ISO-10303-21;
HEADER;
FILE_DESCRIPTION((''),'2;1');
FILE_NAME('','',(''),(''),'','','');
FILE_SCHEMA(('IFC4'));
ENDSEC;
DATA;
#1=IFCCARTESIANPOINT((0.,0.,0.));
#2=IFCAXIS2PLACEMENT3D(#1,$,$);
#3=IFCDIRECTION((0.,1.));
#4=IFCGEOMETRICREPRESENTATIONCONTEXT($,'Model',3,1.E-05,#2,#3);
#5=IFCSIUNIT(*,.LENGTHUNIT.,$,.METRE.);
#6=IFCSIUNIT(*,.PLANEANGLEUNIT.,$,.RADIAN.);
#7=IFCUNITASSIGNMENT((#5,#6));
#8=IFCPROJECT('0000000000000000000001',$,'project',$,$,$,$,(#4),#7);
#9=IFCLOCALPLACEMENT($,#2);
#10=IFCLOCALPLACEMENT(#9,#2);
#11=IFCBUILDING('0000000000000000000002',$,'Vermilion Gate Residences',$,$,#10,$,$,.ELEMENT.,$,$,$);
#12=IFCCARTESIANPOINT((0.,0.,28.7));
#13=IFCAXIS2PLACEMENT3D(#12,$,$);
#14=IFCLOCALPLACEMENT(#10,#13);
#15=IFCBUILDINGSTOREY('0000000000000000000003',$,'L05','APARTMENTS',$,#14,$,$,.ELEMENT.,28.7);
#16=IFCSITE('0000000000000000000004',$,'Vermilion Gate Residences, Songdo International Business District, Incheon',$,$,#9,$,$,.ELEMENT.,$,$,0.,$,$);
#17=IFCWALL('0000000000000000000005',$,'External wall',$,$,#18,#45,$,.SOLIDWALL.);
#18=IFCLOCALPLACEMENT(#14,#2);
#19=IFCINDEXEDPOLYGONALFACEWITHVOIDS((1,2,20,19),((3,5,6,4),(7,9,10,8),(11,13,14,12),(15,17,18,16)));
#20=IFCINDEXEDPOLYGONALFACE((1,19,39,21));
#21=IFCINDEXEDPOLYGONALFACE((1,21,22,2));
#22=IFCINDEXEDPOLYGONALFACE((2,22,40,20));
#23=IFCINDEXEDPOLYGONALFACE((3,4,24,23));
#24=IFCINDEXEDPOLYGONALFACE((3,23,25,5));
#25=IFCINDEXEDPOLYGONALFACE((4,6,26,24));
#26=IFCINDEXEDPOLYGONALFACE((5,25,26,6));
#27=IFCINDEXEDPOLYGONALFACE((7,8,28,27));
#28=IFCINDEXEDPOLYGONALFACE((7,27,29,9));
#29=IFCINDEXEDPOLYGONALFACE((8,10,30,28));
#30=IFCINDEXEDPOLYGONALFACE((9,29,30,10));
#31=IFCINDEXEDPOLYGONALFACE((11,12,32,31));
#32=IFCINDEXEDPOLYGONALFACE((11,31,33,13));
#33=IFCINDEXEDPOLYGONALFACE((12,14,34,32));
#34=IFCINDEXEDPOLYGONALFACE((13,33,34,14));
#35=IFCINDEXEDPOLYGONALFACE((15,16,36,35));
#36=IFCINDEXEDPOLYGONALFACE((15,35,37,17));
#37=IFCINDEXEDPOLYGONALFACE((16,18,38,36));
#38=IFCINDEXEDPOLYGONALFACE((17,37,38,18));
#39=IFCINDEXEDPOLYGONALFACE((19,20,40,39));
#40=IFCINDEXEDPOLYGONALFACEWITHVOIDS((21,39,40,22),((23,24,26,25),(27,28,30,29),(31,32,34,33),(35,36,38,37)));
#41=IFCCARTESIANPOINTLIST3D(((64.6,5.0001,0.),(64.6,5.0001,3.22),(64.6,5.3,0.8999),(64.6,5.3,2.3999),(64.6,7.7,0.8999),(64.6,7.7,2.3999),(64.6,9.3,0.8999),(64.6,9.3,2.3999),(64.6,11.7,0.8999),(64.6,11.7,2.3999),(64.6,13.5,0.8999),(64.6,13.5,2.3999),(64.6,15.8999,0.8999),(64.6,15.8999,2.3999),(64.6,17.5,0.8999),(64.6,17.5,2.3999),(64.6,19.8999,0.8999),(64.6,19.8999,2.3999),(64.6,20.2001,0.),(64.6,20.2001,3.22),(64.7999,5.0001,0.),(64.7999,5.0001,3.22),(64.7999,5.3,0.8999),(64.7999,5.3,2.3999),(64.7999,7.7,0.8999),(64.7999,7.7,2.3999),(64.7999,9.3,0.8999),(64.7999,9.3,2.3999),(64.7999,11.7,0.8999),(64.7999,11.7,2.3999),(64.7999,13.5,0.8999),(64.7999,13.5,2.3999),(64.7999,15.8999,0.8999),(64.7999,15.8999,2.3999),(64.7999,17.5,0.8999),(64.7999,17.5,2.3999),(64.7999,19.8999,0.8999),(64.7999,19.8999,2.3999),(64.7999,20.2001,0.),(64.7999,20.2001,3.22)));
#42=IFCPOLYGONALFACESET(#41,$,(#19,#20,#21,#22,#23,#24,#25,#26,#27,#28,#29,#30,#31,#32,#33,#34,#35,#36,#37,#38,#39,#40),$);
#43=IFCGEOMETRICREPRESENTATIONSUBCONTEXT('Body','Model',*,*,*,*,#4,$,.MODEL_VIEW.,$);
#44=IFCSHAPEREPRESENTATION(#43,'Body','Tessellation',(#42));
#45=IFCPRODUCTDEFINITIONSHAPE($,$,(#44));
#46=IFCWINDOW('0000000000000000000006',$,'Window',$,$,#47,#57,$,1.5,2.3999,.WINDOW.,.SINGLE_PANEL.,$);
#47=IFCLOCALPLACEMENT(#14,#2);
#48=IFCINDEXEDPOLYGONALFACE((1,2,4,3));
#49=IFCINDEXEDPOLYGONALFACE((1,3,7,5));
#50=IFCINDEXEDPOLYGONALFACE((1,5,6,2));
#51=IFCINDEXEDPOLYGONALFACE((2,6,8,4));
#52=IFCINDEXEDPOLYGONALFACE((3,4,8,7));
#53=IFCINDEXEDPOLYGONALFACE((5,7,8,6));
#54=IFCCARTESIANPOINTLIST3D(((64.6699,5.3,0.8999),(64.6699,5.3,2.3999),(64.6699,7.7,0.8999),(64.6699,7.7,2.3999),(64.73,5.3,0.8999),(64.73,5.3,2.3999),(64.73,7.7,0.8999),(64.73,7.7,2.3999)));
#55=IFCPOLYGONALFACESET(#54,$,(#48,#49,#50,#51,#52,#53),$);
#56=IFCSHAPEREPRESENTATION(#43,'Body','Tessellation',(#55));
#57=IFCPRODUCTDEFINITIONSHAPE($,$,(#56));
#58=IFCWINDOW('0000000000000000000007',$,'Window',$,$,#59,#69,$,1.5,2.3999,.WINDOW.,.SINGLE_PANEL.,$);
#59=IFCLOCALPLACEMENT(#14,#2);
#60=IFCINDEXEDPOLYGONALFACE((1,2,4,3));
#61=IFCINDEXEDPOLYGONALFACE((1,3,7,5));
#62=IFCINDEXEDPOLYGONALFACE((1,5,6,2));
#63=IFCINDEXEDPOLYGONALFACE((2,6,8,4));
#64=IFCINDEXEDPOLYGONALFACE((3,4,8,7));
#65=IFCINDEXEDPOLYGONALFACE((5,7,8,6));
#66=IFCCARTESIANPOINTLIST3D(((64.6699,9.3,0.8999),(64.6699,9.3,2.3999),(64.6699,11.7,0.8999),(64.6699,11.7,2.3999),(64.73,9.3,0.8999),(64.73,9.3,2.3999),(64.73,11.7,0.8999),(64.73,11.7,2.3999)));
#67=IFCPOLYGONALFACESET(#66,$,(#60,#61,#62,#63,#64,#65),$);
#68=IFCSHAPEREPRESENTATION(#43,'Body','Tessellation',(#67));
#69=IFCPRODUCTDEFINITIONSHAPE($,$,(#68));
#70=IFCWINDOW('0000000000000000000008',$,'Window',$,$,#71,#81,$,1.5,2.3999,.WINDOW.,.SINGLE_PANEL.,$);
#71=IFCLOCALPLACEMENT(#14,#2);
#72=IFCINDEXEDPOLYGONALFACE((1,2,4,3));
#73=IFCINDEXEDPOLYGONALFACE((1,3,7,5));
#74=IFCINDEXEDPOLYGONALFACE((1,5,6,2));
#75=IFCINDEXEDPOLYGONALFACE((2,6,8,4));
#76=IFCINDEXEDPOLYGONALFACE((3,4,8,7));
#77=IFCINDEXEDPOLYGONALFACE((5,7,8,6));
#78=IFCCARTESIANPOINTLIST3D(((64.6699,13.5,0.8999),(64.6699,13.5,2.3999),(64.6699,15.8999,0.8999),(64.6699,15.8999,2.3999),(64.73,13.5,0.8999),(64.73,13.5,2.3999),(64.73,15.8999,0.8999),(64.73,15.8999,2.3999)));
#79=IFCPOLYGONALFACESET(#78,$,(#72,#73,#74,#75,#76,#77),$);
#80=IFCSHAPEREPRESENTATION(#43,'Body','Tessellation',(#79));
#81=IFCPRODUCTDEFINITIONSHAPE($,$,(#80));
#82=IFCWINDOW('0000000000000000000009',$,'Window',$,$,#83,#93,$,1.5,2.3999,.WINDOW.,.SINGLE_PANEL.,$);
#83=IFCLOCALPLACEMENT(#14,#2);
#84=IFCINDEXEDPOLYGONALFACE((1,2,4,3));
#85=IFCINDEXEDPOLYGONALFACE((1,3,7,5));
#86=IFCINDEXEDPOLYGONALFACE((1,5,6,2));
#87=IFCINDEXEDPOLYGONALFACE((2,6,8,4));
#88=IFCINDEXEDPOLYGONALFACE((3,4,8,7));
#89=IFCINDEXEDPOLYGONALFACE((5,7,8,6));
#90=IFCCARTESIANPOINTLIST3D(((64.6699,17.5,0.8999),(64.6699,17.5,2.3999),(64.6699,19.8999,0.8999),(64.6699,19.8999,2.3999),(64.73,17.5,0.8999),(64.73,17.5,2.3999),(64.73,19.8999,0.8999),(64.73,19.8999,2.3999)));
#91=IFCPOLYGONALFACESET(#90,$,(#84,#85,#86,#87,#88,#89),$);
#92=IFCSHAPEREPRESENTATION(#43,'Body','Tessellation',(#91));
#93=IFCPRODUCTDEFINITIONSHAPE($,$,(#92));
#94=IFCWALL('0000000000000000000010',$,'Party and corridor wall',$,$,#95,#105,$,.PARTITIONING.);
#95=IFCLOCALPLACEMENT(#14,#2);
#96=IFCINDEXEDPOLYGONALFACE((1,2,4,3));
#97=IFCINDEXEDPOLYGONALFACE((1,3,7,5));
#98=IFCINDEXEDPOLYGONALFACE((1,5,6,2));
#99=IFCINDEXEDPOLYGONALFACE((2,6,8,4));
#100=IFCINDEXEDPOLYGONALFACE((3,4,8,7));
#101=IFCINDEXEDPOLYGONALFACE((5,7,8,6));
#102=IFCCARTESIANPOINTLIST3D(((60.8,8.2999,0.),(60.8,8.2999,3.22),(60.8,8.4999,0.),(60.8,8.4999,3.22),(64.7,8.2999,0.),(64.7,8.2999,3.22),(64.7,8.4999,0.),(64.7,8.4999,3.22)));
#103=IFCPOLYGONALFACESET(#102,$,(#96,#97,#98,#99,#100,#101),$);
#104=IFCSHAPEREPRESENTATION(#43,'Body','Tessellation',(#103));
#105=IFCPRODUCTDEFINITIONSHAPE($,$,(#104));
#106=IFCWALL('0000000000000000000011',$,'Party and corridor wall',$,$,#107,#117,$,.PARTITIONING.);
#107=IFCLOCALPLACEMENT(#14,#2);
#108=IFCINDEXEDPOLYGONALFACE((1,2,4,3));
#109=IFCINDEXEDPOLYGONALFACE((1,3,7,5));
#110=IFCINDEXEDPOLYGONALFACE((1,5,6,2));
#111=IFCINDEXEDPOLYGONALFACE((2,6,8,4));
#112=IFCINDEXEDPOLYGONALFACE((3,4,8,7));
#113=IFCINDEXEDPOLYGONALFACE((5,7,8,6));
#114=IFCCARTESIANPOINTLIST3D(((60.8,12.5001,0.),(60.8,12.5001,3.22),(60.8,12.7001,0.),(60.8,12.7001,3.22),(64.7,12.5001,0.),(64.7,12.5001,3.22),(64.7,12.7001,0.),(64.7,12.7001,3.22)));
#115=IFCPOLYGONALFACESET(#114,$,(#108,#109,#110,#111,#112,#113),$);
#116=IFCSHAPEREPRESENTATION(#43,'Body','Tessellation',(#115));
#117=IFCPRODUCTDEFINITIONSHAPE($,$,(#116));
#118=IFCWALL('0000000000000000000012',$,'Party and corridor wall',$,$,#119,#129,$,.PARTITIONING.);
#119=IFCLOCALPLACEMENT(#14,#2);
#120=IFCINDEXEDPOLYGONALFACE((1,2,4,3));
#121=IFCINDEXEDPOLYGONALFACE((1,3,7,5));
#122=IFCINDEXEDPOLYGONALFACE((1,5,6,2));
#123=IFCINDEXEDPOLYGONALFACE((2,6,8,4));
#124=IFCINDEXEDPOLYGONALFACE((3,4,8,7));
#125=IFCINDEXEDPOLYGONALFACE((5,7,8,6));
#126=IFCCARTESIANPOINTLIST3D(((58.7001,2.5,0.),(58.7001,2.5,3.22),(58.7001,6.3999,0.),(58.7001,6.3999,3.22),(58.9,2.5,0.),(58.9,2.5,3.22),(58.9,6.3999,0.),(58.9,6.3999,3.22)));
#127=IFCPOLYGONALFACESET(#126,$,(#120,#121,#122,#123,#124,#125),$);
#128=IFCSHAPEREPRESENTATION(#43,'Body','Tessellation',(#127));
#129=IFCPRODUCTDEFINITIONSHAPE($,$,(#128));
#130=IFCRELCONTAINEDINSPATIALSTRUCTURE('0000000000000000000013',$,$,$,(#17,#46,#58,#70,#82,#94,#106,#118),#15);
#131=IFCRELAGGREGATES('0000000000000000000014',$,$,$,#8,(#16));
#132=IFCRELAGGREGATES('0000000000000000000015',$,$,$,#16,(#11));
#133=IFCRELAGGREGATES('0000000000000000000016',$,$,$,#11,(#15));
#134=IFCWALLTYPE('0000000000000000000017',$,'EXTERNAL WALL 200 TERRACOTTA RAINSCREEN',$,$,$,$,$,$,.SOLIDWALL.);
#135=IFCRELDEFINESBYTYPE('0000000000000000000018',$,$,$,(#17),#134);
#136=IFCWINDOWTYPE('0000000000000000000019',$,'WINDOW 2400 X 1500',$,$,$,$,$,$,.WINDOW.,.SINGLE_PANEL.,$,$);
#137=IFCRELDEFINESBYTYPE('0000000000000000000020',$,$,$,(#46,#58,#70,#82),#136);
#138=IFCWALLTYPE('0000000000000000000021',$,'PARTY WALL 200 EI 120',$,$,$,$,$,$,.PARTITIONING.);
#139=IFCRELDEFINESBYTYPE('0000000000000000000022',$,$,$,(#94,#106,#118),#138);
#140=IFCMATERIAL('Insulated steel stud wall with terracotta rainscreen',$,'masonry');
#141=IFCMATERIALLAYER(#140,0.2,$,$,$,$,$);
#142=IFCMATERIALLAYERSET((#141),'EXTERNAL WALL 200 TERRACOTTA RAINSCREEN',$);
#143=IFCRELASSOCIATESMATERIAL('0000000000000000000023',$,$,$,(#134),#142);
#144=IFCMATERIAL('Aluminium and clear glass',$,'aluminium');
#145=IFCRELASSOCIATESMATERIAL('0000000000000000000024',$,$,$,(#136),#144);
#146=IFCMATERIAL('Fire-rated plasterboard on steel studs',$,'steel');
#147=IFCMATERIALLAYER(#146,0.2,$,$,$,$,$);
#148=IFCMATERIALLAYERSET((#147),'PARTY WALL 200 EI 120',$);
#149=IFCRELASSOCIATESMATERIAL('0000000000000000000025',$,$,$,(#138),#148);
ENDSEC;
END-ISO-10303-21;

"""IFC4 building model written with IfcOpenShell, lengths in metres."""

from ifc_helpers import new_model, si_unit, direction, frame, frame_2d, origin, place, context, subcontext, project, spatial, rectangle, extrude, material, layer, layer_set, type_object, element, fill, save


model = new_model("IFC4")

# Units and contexts
model_context = context("Model", 3, precision=1e-05, world=origin(), true_north=direction((0.0, 1.0)))
body_context = subcontext(model_context, "Body", "Model", "MODEL_VIEW")
ifc_project = project(units=[si_unit("LENGTHUNIT", "METRE"), si_unit("PLANEANGLEUNIT", "RADIAN")], contexts=[model_context])

# Site, building, storey
site_placement = place(None, origin())
site = spatial("IfcSite", under=ifc_project, at=site_placement, Name="Vermilion Gate Residences, Songdo International Business District, Incheon", CompositionType="ELEMENT", RefElevation=0.0)
building_placement = place(site_placement, origin())
building = spatial("IfcBuilding", under=site, at=building_placement, Name="Vermilion Gate Residences", CompositionType="ELEMENT")
storey_placement = place(building_placement, frame((0.0, 0.0, 28.7)))
storey = spatial("IfcBuildingStorey", under=building, at=storey_placement, Name="L05", Description="APARTMENTS", CompositionType="ELEMENT", Elevation=28.7)

# Shared definitions
ifc_material_1 = material(Name="Insulated steel stud wall with terracotta rainscreen", Category="masonry")
ifc_layer_1 = layer(ifc_material_1, 0.2)
ifc_layer_set_1 = layer_set([ifc_layer_1], Name="EXTERNAL WALL 200 TERRACOTTA RAINSCREEN")
wall_type_1 = type_object("IfcWallType", Name="EXTERNAL WALL 200 TERRACOTTA RAINSCREEN", PredefinedType="SOLIDWALL", material=ifc_layer_set_1)

# Wall, openings, windows
wall_1_placement = place(storey_placement, frame((64.7, 5.0, 0.0), z_axis=(0.0, 0.0, 1.0), x_axis=(0.0, 1.0, 0.0)))
wall_1 = element("IfcWall", 1, at=wall_1_placement, inside=storey, type_object=wall_type_1, Name="External wall", PredefinedType="SOLIDWALL", context=body_context, shape_type="SweptSolid", body=[
    extrude(rectangle(XDim=15.2, YDim=0.2, at=frame_2d((7.6001, 0.0))), origin(), (0.0, 0.0, 1.0), 3.22),
])
opening_1_placement = place(wall_1_placement, frame((0.3, 0.0, 0.8999)))
opening_1 = element("IfcOpeningElement", 2, at=opening_1_placement, cuts=wall_1, PredefinedType="OPENING", context=body_context, shape_type="SweptSolid", body=[
    extrude(rectangle(XDim=2.3999, YDim=1.5, at=frame_2d((1.2, 0.75))), frame((0.0, 0.1099, 0.0), z_axis=(0.0, -1.0, 0.0), x_axis=(1.0, 0.0, 0.0)), (0.0, 0.0, 1.0), 0.22),
])
opening_2_placement = place(wall_1_placement, frame((4.3, 0.0, 0.8999)))
opening_2 = element("IfcOpeningElement", 3, at=opening_2_placement, cuts=wall_1, PredefinedType="OPENING", context=body_context, shape_type="SweptSolid", body=[
    extrude(rectangle(XDim=2.3999, YDim=1.5, at=frame_2d((1.2, 0.75))), frame((0.0, 0.1099, 0.0), z_axis=(0.0, -1.0, 0.0), x_axis=(1.0, 0.0, 0.0)), (0.0, 0.0, 1.0), 0.22),
])
opening_3_placement = place(wall_1_placement, frame((8.5, 0.0, 0.8999)))
opening_3 = element("IfcOpeningElement", 4, at=opening_3_placement, cuts=wall_1, PredefinedType="OPENING", context=body_context, shape_type="SweptSolid", body=[
    extrude(rectangle(XDim=2.3999, YDim=1.5, at=frame_2d((1.2, 0.75))), frame((0.0, 0.1099, 0.0), z_axis=(0.0, -1.0, 0.0), x_axis=(1.0, 0.0, 0.0)), (0.0, 0.0, 1.0), 0.22),
])
opening_4_placement = place(wall_1_placement, frame((12.5, 0.0, 0.8999)))
opening_4 = element("IfcOpeningElement", 5, at=opening_4_placement, cuts=wall_1, PredefinedType="OPENING", context=body_context, shape_type="SweptSolid", body=[
    extrude(rectangle(XDim=2.3999, YDim=1.5, at=frame_2d((1.2, 0.75))), frame((0.0, 0.1099, 0.0), z_axis=(0.0, -1.0, 0.0), x_axis=(1.0, 0.0, 0.0)), (0.0, 0.0, 1.0), 0.22),
])
ifc_material_2 = material(Name="Aluminium and clear glass", Category="aluminium")
window_type = type_object("IfcWindowType", Name="WINDOW 2400 X 1500", PartitioningType="SINGLE_PANEL", PredefinedType="WINDOW", material=ifc_material_2)
window_1_placement = place(opening_1_placement, origin())
window_1 = element("IfcWindow", 6, at=window_1_placement, inside=storey, type_object=window_type, Name="Window", OverallHeight=1.5, OverallWidth=2.3999, PartitioningType="SINGLE_PANEL", PredefinedType="WINDOW", context=body_context, shape_type="SweptSolid", body=[
    extrude(rectangle(XDim=2.3999, YDim=1.5, at=frame_2d((1.2, 0.75))), frame((0.0, 0.03, 0.0), z_axis=(0.0, -1.0, 0.0), x_axis=(1.0, 0.0, 0.0)), (0.0, 0.0, 1.0), 0.0601),
])
fill(opening_1, window_1)
window_2_placement = place(opening_2_placement, origin())
window_2 = element("IfcWindow", 7, at=window_2_placement, inside=storey, type_object=window_type, Name="Window", OverallHeight=1.5, OverallWidth=2.3999, PartitioningType="SINGLE_PANEL", PredefinedType="WINDOW", context=body_context, shape_type="SweptSolid", body=[
    extrude(rectangle(XDim=2.3999, YDim=1.5, at=frame_2d((1.2, 0.75))), frame((0.0, 0.03, 0.0), z_axis=(0.0, -1.0, 0.0), x_axis=(1.0, 0.0, 0.0)), (0.0, 0.0, 1.0), 0.0601),
])
fill(opening_2, window_2)
window_3_placement = place(opening_3_placement, origin())
window_3 = element("IfcWindow", 8, at=window_3_placement, inside=storey, type_object=window_type, Name="Window", OverallHeight=1.5, OverallWidth=2.3999, PartitioningType="SINGLE_PANEL", PredefinedType="WINDOW", context=body_context, shape_type="SweptSolid", body=[
    extrude(rectangle(XDim=2.3999, YDim=1.5, at=frame_2d((1.2, 0.75))), frame((0.0, 0.03, 0.0), z_axis=(0.0, -1.0, 0.0), x_axis=(1.0, 0.0, 0.0)), (0.0, 0.0, 1.0), 0.0601),
])
fill(opening_3, window_3)
window_4_placement = place(opening_4_placement, origin())
window_4 = element("IfcWindow", 9, at=window_4_placement, inside=storey, type_object=window_type, Name="Window", OverallHeight=1.5, OverallWidth=2.3999, PartitioningType="SINGLE_PANEL", PredefinedType="WINDOW", context=body_context, shape_type="SweptSolid", body=[
    extrude(rectangle(XDim=2.3999, YDim=1.5, at=frame_2d((1.2, 0.75))), frame((0.0, 0.03, 0.0), z_axis=(0.0, -1.0, 0.0), x_axis=(1.0, 0.0, 0.0)), (0.0, 0.0, 1.0), 0.0601),
])
fill(opening_4, window_4)

# Walls
ifc_material_3 = material(Name="Fire-rated plasterboard on steel studs", Category="steel")
ifc_layer_2 = layer(ifc_material_3, 0.2)
ifc_layer_set_2 = layer_set([ifc_layer_2], Name="PARTY WALL 200 EI 120")
wall_type_2 = type_object("IfcWallType", Name="PARTY WALL 200 EI 120", PredefinedType="PARTITIONING", material=ifc_layer_set_2)
for number, where, z_axis, x_axis, name in (
    (10, (60.8, 8.3999, 0.0), (0.0, 0.0, 1.0), (1.0, 0.0, 0.0), "Party and corridor wall"),
    (11, (60.8, 12.6001, 0.0), (0.0, 0.0, 1.0), (1.0, 0.0, 0.0), "Party and corridor wall"),
    (12, (58.8, 2.5, 0.0), (0.0, 0.0, 1.0), (0.0, 1.0, 0.0), "Party and corridor wall"),
):
    element("IfcWall", number, at=place(storey_placement, frame(where, z_axis=z_axis, x_axis=x_axis)), inside=storey, type_object=wall_type_2, Name=name, PredefinedType="PARTITIONING", context=body_context, shape_type="SweptSolid", body=[
        extrude(rectangle(XDim=3.8999, YDim=0.2, at=frame_2d((1.95, 0.0))), origin(), (0.0, 0.0, 1.0), 3.22),
    ])

save(model, "model.ifc")
